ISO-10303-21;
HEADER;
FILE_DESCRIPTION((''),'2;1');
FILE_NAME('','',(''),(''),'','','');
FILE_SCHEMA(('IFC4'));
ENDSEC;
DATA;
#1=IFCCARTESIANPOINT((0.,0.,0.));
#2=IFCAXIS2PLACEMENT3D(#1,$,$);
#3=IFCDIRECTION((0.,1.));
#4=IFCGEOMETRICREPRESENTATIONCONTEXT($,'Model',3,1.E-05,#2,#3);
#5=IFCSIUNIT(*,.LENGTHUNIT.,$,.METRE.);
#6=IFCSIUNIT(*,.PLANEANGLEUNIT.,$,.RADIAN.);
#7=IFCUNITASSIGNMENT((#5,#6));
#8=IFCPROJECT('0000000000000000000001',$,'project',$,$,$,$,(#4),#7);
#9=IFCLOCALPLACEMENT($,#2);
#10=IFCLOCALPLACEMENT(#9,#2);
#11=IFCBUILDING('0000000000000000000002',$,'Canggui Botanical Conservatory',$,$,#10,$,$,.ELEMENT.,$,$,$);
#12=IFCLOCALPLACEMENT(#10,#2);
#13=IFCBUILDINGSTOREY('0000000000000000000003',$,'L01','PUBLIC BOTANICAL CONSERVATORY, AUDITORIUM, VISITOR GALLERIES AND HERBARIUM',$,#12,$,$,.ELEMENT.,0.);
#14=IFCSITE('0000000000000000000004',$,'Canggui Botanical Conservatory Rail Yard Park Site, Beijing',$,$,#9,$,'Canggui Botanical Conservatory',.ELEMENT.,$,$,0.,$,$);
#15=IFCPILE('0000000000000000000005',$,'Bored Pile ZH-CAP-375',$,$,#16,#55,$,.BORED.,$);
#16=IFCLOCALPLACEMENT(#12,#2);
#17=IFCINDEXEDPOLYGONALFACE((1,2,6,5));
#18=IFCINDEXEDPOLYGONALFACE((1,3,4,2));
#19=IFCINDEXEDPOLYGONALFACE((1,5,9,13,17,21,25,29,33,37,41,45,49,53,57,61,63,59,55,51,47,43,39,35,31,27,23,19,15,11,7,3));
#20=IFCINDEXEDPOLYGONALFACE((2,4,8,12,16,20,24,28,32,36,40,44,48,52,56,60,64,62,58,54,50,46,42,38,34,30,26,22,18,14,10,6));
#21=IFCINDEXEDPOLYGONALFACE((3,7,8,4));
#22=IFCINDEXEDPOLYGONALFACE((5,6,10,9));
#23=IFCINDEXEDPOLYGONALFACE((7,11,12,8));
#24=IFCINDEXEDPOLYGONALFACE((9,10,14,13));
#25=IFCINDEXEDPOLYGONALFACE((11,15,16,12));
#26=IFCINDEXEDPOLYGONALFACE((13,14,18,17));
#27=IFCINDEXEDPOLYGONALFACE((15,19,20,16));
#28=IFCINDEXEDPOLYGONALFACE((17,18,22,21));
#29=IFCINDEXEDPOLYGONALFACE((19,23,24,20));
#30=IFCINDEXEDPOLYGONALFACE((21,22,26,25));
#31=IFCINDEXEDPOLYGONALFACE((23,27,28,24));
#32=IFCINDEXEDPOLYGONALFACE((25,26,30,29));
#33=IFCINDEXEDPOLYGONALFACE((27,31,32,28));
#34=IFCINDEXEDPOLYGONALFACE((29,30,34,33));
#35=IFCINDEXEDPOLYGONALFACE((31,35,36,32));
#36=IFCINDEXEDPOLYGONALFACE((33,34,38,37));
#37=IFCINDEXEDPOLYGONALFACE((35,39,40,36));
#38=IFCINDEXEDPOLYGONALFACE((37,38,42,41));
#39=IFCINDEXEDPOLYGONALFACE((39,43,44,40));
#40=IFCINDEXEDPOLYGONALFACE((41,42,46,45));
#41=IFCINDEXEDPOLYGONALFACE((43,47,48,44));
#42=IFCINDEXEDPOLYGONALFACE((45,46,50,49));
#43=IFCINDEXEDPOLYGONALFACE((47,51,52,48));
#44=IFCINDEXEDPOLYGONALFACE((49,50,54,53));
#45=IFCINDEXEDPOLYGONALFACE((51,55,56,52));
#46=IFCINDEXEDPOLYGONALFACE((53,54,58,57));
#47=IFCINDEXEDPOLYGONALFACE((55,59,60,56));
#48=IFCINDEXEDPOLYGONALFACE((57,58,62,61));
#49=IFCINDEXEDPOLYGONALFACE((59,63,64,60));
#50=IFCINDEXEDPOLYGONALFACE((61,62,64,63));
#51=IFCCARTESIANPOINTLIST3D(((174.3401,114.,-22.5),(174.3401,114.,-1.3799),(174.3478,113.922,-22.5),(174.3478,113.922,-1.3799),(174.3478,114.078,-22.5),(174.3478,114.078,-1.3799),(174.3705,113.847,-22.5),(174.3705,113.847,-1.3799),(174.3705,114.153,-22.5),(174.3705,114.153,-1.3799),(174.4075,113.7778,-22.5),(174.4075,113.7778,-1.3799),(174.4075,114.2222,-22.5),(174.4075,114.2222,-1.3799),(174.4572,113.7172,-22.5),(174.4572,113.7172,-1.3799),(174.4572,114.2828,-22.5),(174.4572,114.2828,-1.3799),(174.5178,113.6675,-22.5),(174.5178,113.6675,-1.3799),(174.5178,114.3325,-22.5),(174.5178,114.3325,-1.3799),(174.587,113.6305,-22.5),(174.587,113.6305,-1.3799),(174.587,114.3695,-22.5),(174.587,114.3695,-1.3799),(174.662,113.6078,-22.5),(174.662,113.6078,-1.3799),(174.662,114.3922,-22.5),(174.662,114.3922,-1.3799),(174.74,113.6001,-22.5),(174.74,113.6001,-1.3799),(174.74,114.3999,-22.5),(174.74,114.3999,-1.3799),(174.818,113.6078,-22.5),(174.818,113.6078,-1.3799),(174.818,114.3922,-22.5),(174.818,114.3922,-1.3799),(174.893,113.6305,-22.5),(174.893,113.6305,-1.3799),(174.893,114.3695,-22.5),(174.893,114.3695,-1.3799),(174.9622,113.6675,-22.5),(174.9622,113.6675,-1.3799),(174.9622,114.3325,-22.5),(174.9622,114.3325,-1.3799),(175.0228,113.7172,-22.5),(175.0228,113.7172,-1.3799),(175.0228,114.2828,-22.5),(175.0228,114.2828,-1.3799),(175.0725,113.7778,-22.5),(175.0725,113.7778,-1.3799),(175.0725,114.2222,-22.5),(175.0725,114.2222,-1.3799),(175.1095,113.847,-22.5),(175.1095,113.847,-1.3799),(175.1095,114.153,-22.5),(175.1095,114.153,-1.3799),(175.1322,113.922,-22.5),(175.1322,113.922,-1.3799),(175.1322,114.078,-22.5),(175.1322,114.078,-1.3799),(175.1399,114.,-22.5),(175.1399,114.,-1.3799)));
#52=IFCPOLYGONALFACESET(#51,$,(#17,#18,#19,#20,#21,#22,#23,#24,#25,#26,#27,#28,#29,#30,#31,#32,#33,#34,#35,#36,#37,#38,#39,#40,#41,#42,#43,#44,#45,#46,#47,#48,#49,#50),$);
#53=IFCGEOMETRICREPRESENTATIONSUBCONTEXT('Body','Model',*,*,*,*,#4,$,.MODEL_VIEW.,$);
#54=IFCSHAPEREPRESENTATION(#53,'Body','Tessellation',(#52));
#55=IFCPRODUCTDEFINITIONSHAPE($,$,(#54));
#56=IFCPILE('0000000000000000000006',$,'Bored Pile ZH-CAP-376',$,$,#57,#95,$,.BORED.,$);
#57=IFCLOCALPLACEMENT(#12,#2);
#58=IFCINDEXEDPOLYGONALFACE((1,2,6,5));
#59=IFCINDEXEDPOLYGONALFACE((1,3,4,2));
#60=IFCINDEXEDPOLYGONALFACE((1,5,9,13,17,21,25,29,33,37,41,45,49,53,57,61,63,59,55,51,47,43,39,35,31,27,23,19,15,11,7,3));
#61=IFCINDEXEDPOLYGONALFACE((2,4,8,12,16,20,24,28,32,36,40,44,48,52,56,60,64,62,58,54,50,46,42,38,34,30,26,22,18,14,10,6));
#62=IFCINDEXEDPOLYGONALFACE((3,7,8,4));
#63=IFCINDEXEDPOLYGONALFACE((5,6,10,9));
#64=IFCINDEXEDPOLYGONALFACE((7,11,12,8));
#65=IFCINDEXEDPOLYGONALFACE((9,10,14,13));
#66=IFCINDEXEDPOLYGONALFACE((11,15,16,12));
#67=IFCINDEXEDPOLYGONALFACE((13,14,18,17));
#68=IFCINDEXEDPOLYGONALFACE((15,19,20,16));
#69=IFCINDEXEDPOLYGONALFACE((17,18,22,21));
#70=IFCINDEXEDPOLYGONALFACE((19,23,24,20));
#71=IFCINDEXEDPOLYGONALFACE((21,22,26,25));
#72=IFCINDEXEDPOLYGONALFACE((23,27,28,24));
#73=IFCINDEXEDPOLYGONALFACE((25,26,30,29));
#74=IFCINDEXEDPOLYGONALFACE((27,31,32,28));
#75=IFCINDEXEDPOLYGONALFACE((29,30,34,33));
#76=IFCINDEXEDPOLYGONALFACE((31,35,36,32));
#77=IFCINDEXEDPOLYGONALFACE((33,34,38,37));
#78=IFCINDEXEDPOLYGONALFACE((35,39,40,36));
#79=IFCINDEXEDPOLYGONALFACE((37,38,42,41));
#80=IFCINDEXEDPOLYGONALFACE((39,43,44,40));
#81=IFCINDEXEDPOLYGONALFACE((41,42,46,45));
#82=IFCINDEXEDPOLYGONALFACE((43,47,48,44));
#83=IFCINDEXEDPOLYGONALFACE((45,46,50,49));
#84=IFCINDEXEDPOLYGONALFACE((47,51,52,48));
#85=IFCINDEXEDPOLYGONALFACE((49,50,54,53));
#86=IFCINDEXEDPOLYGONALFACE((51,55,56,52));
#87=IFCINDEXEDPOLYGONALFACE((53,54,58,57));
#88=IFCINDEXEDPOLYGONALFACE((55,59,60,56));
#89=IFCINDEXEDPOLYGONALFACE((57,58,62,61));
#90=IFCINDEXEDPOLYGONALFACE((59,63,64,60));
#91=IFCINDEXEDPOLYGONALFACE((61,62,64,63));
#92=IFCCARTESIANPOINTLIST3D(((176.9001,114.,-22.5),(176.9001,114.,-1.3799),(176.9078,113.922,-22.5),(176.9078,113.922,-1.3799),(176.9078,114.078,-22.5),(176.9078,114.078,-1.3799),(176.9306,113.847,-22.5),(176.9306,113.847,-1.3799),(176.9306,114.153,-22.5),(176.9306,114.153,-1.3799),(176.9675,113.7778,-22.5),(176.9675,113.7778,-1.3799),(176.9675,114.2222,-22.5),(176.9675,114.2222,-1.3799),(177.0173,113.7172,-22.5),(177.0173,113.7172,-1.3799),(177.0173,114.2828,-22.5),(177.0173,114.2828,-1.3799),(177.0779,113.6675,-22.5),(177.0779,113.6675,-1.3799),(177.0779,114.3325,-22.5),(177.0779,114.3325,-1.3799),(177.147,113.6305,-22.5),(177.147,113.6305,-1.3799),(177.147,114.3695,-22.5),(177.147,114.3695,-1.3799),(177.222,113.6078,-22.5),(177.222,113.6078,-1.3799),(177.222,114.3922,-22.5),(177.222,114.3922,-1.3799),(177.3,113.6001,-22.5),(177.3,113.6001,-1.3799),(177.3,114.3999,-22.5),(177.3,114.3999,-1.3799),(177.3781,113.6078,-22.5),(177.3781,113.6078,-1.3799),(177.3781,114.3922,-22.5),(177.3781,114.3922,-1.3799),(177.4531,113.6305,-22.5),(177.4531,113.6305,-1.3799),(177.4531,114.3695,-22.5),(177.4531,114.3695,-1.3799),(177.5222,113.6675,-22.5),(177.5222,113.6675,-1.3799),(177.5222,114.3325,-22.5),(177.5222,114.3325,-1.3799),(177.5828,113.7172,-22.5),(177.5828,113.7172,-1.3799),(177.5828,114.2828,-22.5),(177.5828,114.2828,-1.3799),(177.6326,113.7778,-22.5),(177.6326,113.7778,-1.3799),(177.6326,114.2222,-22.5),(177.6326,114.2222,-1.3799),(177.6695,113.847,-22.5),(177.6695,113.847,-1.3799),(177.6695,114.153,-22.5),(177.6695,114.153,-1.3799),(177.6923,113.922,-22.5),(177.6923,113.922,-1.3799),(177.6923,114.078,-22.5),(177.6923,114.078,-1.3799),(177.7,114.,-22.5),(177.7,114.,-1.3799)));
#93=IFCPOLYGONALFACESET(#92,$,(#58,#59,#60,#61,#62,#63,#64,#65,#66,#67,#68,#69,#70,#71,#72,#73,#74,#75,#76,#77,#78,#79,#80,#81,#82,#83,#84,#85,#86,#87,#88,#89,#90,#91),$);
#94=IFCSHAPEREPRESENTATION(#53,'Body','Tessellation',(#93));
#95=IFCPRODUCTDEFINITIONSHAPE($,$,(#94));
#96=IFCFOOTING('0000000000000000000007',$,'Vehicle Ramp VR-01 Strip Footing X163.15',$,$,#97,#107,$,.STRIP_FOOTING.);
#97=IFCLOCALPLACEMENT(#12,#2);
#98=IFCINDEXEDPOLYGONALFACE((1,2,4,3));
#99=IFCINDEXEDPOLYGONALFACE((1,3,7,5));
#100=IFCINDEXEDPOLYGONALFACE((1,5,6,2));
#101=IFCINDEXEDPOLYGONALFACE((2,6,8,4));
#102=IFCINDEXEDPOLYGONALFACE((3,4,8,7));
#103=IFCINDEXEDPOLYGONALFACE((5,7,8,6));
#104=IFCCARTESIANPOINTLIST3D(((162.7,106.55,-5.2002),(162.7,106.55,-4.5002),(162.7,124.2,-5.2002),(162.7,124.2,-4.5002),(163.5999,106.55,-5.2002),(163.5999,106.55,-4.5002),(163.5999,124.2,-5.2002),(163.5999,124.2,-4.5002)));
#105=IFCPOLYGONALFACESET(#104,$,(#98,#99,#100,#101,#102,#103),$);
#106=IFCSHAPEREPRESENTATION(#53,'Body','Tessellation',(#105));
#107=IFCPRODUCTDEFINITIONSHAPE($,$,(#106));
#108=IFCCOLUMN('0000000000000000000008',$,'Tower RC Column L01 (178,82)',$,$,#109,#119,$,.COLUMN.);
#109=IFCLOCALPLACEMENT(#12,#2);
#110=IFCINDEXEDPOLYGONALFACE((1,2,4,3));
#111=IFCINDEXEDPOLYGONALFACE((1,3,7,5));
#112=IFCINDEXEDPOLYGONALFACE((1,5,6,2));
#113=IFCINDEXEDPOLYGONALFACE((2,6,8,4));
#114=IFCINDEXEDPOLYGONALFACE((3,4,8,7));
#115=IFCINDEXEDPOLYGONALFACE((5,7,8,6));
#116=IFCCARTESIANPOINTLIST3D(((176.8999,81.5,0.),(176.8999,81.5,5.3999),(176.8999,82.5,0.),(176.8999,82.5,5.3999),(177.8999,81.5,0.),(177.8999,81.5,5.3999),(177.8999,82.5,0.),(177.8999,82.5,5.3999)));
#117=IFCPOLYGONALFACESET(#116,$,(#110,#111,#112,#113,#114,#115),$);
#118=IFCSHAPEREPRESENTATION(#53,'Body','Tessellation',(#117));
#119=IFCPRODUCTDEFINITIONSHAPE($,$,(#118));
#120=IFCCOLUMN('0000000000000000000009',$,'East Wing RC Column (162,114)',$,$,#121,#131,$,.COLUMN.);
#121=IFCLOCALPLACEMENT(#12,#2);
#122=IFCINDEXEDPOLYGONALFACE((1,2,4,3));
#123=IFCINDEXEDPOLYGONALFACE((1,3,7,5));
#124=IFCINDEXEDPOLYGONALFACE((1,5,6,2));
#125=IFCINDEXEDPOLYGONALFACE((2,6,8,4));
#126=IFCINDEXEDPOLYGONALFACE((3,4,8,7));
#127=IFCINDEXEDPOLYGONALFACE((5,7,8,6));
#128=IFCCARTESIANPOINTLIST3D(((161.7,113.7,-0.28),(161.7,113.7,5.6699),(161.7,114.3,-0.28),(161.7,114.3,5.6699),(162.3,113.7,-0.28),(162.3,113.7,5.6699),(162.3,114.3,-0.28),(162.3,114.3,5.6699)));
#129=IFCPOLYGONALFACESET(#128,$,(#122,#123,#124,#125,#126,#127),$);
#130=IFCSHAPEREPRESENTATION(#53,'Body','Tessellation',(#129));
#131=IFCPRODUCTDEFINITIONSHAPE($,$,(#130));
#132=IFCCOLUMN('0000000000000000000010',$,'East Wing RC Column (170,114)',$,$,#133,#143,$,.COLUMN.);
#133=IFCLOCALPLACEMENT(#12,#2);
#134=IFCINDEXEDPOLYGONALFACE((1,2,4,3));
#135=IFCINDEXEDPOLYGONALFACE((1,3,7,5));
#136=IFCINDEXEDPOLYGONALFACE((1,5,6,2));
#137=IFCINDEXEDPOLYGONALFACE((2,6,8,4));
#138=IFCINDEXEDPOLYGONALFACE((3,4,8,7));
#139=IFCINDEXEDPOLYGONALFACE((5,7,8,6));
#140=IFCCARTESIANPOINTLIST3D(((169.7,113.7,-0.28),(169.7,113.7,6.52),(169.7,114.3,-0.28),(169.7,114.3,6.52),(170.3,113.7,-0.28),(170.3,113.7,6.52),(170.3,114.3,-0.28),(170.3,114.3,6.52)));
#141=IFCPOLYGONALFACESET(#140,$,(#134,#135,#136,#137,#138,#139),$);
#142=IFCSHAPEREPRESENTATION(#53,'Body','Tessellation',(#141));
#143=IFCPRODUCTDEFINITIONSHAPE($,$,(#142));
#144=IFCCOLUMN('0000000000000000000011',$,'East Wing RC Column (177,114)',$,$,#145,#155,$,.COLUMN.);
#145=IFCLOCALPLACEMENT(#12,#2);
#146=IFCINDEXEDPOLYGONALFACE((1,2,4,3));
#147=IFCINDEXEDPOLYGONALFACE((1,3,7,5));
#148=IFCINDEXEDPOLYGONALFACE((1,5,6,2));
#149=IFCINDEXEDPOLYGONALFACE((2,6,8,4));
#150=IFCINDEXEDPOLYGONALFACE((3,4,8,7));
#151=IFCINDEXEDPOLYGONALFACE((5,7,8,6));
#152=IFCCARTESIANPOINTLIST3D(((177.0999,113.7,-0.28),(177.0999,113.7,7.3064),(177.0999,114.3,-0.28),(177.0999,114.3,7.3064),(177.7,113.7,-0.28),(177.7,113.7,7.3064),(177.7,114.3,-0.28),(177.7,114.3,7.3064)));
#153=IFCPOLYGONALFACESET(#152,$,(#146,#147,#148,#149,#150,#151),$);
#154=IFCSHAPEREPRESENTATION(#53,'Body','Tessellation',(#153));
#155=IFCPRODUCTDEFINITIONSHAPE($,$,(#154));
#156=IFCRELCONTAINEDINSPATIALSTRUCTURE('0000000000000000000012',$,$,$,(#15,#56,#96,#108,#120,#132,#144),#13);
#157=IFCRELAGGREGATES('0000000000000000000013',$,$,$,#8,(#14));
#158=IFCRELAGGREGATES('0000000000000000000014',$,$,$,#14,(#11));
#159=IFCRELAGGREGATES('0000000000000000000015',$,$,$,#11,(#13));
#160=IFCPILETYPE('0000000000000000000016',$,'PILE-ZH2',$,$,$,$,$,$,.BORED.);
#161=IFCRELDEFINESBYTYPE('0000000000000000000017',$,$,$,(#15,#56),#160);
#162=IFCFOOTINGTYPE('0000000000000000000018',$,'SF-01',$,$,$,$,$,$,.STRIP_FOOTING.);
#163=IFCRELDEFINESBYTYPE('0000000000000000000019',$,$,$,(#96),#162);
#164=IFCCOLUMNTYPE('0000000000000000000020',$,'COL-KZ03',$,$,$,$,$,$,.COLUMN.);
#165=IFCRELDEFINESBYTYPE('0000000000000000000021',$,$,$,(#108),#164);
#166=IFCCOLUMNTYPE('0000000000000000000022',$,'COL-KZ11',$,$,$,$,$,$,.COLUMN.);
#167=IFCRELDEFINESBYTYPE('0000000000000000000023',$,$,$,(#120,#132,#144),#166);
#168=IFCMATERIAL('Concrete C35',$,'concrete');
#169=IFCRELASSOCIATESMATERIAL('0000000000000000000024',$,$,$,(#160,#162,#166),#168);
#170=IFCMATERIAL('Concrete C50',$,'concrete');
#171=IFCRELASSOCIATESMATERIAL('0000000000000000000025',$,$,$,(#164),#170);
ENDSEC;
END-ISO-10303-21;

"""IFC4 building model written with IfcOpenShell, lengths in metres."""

from ifc_helpers import new_model, si_unit, direction, frame, origin, origin_2d, place, context, subcontext, project, spatial, rectangle, circle, extrude, material, material_profile, profile_set, type_object, element, save


model = new_model("IFC4")

# Units and contexts
model_context = context("Model", 3, precision=1e-05, world=origin(), true_north=direction((0.0, 1.0)))
body_context = subcontext(model_context, "Body", "Model", "MODEL_VIEW")
ifc_project = project(units=[si_unit("LENGTHUNIT", "METRE"), si_unit("PLANEANGLEUNIT", "RADIAN")], contexts=[model_context])

# Site, building, storey
site_placement = place(None, origin())
site = spatial("IfcSite", under=ifc_project, at=site_placement, Name="Canggui Botanical Conservatory Rail Yard Park Site, Beijing", LongName="Canggui Botanical Conservatory", CompositionType="ELEMENT", RefElevation=0.0)
building_placement = place(site_placement, origin())
building = spatial("IfcBuilding", under=site, at=building_placement, Name="Canggui Botanical Conservatory", CompositionType="ELEMENT")
storey_placement = place(building_placement, origin())
storey = spatial("IfcBuildingStorey", under=building, at=storey_placement, Name="L01", Description="PUBLIC BOTANICAL CONSERVATORY, AUDITORIUM, VISITOR GALLERIES AND HERBARIUM", CompositionType="ELEMENT", Elevation=0.0)

# Shared definitions
ifc_material_1 = material(Name="Concrete C35", Category="concrete")

# Piles
ifc_material_profile_1 = material_profile(ifc_material_1, circle(Radius=0.3999, at=origin_2d()), Name="PILE D800")
ifc_profile_set_1 = profile_set([ifc_material_profile_1], Name="Concrete C35")
pile_type = type_object("IfcPileType", Name="PILE-ZH2", PredefinedType="BORED", material=ifc_profile_set_1)
for number, where, z_axis, x_axis, name in (
    (1, (174.74, 114.0, -1.3799), (0.0, 0.0, -1.0), (1.0, 0.0, 0.0), "Bored Pile ZH-CAP-375"),
    (2, (177.3, 114.0, -1.3799), (0.0, 0.0, -1.0), (1.0, 0.0, 0.0), "Bored Pile ZH-CAP-376"),
):
    element("IfcPile", number, at=place(storey_placement, frame(where, z_axis=z_axis, x_axis=x_axis)), inside=storey, type_object=pile_type, Name=name, PredefinedType="BORED", context=body_context, shape_type="SweptSolid", body=[
        extrude(circle(Radius=0.3999, at=origin_2d()), origin(), (0.0, 0.0, 1.0), 21.1201),
    ])

# Footing
footing_type_1 = type_object("IfcFootingType", Name="SF-01", PredefinedType="STRIP_FOOTING", material=ifc_material_1)
footing_placement = place(storey_placement, frame((163.1499, 115.375, -5.2002), z_axis=(0.0, 0.0, 1.0), x_axis=(0.0, 1.0, 0.0)))
element("IfcFooting", 3, at=footing_placement, inside=storey, type_object=footing_type_1, Name="Vehicle Ramp VR-01 Strip Footing X163.15", PredefinedType="STRIP_FOOTING", context=body_context, shape_type="SweptSolid", body=[
    extrude(rectangle(XDim=17.6499, YDim=0.8999, at=origin_2d()), origin(), (0.0, 0.0, 1.0), 0.7),
])

# Columns
ifc_material_2 = material(Name="Concrete C50", Category="concrete")
ifc_material_profile_2 = material_profile(ifc_material_2, rectangle(XDim=1.0, YDim=1.0, at=origin_2d()), Name="RC 1000x1000")
ifc_profile_set_2 = profile_set([ifc_material_profile_2], Name="Concrete C50")
column_type_1 = type_object("IfcColumnType", Name="COL-KZ03", PredefinedType="COLUMN", material=ifc_profile_set_2)
column_1_placement = place(storey_placement, frame((177.3999, 82.0, 0.0), z_axis=(0.0, 0.0, 1.0), x_axis=(1.0, 0.0, 0.0)))
element("IfcColumn", 4, at=column_1_placement, inside=storey, type_object=column_type_1, Name="Tower RC Column L01 (178,82)", PredefinedType="COLUMN", context=body_context, shape_type="SweptSolid", body=[
    extrude(rectangle(XDim=1.0, YDim=1.0, at=origin_2d()), origin(), (0.0, 0.0, 1.0), 5.3999),
])
ifc_material_profile_3 = material_profile(ifc_material_1, rectangle(XDim=0.6001, YDim=0.6001, at=origin_2d()), Name="RC 600x600")
ifc_profile_set_3 = profile_set([ifc_material_profile_3], Name="Concrete C35")
column_type_2 = type_object("IfcColumnType", Name="COL-KZ11", PredefinedType="COLUMN", material=ifc_profile_set_3)
column_2_placement = place(storey_placement, frame((162.0, 114.0, -0.28), z_axis=(0.0, 0.0, 1.0), x_axis=(1.0, 0.0, 0.0)))
element("IfcColumn", 5, at=column_2_placement, inside=storey, type_object=column_type_2, Name="East Wing RC Column (162,114)", PredefinedType="COLUMN", context=body_context, shape_type="SweptSolid", body=[
    extrude(rectangle(XDim=0.6001, YDim=0.6001, at=origin_2d()), origin(), (0.0, 0.0, 1.0), 5.95),
])
column_3_placement = place(storey_placement, frame((170.0, 114.0, -0.28), z_axis=(0.0, 0.0, 1.0), x_axis=(1.0, 0.0, 0.0)))
element("IfcColumn", 6, at=column_3_placement, inside=storey, type_object=column_type_2, Name="East Wing RC Column (170,114)", PredefinedType="COLUMN", context=body_context, shape_type="SweptSolid", body=[
    extrude(rectangle(XDim=0.6001, YDim=0.6001, at=origin_2d()), origin(), (0.0, 0.0, 1.0), 6.8),
])
column_4_placement = place(storey_placement, frame((177.3999, 114.0, -0.28), z_axis=(0.0, 0.0, 1.0), x_axis=(1.0, 0.0, 0.0)))
element("IfcColumn", 7, at=column_4_placement, inside=storey, type_object=column_type_2, Name="East Wing RC Column (177,114)", PredefinedType="COLUMN", context=body_context, shape_type="SweptSolid", body=[
    extrude(rectangle(XDim=0.6001, YDim=0.6001, at=origin_2d()), origin(), (0.0, 0.0, 1.0), 7.5864),
])

save(model, "model.ifc")
